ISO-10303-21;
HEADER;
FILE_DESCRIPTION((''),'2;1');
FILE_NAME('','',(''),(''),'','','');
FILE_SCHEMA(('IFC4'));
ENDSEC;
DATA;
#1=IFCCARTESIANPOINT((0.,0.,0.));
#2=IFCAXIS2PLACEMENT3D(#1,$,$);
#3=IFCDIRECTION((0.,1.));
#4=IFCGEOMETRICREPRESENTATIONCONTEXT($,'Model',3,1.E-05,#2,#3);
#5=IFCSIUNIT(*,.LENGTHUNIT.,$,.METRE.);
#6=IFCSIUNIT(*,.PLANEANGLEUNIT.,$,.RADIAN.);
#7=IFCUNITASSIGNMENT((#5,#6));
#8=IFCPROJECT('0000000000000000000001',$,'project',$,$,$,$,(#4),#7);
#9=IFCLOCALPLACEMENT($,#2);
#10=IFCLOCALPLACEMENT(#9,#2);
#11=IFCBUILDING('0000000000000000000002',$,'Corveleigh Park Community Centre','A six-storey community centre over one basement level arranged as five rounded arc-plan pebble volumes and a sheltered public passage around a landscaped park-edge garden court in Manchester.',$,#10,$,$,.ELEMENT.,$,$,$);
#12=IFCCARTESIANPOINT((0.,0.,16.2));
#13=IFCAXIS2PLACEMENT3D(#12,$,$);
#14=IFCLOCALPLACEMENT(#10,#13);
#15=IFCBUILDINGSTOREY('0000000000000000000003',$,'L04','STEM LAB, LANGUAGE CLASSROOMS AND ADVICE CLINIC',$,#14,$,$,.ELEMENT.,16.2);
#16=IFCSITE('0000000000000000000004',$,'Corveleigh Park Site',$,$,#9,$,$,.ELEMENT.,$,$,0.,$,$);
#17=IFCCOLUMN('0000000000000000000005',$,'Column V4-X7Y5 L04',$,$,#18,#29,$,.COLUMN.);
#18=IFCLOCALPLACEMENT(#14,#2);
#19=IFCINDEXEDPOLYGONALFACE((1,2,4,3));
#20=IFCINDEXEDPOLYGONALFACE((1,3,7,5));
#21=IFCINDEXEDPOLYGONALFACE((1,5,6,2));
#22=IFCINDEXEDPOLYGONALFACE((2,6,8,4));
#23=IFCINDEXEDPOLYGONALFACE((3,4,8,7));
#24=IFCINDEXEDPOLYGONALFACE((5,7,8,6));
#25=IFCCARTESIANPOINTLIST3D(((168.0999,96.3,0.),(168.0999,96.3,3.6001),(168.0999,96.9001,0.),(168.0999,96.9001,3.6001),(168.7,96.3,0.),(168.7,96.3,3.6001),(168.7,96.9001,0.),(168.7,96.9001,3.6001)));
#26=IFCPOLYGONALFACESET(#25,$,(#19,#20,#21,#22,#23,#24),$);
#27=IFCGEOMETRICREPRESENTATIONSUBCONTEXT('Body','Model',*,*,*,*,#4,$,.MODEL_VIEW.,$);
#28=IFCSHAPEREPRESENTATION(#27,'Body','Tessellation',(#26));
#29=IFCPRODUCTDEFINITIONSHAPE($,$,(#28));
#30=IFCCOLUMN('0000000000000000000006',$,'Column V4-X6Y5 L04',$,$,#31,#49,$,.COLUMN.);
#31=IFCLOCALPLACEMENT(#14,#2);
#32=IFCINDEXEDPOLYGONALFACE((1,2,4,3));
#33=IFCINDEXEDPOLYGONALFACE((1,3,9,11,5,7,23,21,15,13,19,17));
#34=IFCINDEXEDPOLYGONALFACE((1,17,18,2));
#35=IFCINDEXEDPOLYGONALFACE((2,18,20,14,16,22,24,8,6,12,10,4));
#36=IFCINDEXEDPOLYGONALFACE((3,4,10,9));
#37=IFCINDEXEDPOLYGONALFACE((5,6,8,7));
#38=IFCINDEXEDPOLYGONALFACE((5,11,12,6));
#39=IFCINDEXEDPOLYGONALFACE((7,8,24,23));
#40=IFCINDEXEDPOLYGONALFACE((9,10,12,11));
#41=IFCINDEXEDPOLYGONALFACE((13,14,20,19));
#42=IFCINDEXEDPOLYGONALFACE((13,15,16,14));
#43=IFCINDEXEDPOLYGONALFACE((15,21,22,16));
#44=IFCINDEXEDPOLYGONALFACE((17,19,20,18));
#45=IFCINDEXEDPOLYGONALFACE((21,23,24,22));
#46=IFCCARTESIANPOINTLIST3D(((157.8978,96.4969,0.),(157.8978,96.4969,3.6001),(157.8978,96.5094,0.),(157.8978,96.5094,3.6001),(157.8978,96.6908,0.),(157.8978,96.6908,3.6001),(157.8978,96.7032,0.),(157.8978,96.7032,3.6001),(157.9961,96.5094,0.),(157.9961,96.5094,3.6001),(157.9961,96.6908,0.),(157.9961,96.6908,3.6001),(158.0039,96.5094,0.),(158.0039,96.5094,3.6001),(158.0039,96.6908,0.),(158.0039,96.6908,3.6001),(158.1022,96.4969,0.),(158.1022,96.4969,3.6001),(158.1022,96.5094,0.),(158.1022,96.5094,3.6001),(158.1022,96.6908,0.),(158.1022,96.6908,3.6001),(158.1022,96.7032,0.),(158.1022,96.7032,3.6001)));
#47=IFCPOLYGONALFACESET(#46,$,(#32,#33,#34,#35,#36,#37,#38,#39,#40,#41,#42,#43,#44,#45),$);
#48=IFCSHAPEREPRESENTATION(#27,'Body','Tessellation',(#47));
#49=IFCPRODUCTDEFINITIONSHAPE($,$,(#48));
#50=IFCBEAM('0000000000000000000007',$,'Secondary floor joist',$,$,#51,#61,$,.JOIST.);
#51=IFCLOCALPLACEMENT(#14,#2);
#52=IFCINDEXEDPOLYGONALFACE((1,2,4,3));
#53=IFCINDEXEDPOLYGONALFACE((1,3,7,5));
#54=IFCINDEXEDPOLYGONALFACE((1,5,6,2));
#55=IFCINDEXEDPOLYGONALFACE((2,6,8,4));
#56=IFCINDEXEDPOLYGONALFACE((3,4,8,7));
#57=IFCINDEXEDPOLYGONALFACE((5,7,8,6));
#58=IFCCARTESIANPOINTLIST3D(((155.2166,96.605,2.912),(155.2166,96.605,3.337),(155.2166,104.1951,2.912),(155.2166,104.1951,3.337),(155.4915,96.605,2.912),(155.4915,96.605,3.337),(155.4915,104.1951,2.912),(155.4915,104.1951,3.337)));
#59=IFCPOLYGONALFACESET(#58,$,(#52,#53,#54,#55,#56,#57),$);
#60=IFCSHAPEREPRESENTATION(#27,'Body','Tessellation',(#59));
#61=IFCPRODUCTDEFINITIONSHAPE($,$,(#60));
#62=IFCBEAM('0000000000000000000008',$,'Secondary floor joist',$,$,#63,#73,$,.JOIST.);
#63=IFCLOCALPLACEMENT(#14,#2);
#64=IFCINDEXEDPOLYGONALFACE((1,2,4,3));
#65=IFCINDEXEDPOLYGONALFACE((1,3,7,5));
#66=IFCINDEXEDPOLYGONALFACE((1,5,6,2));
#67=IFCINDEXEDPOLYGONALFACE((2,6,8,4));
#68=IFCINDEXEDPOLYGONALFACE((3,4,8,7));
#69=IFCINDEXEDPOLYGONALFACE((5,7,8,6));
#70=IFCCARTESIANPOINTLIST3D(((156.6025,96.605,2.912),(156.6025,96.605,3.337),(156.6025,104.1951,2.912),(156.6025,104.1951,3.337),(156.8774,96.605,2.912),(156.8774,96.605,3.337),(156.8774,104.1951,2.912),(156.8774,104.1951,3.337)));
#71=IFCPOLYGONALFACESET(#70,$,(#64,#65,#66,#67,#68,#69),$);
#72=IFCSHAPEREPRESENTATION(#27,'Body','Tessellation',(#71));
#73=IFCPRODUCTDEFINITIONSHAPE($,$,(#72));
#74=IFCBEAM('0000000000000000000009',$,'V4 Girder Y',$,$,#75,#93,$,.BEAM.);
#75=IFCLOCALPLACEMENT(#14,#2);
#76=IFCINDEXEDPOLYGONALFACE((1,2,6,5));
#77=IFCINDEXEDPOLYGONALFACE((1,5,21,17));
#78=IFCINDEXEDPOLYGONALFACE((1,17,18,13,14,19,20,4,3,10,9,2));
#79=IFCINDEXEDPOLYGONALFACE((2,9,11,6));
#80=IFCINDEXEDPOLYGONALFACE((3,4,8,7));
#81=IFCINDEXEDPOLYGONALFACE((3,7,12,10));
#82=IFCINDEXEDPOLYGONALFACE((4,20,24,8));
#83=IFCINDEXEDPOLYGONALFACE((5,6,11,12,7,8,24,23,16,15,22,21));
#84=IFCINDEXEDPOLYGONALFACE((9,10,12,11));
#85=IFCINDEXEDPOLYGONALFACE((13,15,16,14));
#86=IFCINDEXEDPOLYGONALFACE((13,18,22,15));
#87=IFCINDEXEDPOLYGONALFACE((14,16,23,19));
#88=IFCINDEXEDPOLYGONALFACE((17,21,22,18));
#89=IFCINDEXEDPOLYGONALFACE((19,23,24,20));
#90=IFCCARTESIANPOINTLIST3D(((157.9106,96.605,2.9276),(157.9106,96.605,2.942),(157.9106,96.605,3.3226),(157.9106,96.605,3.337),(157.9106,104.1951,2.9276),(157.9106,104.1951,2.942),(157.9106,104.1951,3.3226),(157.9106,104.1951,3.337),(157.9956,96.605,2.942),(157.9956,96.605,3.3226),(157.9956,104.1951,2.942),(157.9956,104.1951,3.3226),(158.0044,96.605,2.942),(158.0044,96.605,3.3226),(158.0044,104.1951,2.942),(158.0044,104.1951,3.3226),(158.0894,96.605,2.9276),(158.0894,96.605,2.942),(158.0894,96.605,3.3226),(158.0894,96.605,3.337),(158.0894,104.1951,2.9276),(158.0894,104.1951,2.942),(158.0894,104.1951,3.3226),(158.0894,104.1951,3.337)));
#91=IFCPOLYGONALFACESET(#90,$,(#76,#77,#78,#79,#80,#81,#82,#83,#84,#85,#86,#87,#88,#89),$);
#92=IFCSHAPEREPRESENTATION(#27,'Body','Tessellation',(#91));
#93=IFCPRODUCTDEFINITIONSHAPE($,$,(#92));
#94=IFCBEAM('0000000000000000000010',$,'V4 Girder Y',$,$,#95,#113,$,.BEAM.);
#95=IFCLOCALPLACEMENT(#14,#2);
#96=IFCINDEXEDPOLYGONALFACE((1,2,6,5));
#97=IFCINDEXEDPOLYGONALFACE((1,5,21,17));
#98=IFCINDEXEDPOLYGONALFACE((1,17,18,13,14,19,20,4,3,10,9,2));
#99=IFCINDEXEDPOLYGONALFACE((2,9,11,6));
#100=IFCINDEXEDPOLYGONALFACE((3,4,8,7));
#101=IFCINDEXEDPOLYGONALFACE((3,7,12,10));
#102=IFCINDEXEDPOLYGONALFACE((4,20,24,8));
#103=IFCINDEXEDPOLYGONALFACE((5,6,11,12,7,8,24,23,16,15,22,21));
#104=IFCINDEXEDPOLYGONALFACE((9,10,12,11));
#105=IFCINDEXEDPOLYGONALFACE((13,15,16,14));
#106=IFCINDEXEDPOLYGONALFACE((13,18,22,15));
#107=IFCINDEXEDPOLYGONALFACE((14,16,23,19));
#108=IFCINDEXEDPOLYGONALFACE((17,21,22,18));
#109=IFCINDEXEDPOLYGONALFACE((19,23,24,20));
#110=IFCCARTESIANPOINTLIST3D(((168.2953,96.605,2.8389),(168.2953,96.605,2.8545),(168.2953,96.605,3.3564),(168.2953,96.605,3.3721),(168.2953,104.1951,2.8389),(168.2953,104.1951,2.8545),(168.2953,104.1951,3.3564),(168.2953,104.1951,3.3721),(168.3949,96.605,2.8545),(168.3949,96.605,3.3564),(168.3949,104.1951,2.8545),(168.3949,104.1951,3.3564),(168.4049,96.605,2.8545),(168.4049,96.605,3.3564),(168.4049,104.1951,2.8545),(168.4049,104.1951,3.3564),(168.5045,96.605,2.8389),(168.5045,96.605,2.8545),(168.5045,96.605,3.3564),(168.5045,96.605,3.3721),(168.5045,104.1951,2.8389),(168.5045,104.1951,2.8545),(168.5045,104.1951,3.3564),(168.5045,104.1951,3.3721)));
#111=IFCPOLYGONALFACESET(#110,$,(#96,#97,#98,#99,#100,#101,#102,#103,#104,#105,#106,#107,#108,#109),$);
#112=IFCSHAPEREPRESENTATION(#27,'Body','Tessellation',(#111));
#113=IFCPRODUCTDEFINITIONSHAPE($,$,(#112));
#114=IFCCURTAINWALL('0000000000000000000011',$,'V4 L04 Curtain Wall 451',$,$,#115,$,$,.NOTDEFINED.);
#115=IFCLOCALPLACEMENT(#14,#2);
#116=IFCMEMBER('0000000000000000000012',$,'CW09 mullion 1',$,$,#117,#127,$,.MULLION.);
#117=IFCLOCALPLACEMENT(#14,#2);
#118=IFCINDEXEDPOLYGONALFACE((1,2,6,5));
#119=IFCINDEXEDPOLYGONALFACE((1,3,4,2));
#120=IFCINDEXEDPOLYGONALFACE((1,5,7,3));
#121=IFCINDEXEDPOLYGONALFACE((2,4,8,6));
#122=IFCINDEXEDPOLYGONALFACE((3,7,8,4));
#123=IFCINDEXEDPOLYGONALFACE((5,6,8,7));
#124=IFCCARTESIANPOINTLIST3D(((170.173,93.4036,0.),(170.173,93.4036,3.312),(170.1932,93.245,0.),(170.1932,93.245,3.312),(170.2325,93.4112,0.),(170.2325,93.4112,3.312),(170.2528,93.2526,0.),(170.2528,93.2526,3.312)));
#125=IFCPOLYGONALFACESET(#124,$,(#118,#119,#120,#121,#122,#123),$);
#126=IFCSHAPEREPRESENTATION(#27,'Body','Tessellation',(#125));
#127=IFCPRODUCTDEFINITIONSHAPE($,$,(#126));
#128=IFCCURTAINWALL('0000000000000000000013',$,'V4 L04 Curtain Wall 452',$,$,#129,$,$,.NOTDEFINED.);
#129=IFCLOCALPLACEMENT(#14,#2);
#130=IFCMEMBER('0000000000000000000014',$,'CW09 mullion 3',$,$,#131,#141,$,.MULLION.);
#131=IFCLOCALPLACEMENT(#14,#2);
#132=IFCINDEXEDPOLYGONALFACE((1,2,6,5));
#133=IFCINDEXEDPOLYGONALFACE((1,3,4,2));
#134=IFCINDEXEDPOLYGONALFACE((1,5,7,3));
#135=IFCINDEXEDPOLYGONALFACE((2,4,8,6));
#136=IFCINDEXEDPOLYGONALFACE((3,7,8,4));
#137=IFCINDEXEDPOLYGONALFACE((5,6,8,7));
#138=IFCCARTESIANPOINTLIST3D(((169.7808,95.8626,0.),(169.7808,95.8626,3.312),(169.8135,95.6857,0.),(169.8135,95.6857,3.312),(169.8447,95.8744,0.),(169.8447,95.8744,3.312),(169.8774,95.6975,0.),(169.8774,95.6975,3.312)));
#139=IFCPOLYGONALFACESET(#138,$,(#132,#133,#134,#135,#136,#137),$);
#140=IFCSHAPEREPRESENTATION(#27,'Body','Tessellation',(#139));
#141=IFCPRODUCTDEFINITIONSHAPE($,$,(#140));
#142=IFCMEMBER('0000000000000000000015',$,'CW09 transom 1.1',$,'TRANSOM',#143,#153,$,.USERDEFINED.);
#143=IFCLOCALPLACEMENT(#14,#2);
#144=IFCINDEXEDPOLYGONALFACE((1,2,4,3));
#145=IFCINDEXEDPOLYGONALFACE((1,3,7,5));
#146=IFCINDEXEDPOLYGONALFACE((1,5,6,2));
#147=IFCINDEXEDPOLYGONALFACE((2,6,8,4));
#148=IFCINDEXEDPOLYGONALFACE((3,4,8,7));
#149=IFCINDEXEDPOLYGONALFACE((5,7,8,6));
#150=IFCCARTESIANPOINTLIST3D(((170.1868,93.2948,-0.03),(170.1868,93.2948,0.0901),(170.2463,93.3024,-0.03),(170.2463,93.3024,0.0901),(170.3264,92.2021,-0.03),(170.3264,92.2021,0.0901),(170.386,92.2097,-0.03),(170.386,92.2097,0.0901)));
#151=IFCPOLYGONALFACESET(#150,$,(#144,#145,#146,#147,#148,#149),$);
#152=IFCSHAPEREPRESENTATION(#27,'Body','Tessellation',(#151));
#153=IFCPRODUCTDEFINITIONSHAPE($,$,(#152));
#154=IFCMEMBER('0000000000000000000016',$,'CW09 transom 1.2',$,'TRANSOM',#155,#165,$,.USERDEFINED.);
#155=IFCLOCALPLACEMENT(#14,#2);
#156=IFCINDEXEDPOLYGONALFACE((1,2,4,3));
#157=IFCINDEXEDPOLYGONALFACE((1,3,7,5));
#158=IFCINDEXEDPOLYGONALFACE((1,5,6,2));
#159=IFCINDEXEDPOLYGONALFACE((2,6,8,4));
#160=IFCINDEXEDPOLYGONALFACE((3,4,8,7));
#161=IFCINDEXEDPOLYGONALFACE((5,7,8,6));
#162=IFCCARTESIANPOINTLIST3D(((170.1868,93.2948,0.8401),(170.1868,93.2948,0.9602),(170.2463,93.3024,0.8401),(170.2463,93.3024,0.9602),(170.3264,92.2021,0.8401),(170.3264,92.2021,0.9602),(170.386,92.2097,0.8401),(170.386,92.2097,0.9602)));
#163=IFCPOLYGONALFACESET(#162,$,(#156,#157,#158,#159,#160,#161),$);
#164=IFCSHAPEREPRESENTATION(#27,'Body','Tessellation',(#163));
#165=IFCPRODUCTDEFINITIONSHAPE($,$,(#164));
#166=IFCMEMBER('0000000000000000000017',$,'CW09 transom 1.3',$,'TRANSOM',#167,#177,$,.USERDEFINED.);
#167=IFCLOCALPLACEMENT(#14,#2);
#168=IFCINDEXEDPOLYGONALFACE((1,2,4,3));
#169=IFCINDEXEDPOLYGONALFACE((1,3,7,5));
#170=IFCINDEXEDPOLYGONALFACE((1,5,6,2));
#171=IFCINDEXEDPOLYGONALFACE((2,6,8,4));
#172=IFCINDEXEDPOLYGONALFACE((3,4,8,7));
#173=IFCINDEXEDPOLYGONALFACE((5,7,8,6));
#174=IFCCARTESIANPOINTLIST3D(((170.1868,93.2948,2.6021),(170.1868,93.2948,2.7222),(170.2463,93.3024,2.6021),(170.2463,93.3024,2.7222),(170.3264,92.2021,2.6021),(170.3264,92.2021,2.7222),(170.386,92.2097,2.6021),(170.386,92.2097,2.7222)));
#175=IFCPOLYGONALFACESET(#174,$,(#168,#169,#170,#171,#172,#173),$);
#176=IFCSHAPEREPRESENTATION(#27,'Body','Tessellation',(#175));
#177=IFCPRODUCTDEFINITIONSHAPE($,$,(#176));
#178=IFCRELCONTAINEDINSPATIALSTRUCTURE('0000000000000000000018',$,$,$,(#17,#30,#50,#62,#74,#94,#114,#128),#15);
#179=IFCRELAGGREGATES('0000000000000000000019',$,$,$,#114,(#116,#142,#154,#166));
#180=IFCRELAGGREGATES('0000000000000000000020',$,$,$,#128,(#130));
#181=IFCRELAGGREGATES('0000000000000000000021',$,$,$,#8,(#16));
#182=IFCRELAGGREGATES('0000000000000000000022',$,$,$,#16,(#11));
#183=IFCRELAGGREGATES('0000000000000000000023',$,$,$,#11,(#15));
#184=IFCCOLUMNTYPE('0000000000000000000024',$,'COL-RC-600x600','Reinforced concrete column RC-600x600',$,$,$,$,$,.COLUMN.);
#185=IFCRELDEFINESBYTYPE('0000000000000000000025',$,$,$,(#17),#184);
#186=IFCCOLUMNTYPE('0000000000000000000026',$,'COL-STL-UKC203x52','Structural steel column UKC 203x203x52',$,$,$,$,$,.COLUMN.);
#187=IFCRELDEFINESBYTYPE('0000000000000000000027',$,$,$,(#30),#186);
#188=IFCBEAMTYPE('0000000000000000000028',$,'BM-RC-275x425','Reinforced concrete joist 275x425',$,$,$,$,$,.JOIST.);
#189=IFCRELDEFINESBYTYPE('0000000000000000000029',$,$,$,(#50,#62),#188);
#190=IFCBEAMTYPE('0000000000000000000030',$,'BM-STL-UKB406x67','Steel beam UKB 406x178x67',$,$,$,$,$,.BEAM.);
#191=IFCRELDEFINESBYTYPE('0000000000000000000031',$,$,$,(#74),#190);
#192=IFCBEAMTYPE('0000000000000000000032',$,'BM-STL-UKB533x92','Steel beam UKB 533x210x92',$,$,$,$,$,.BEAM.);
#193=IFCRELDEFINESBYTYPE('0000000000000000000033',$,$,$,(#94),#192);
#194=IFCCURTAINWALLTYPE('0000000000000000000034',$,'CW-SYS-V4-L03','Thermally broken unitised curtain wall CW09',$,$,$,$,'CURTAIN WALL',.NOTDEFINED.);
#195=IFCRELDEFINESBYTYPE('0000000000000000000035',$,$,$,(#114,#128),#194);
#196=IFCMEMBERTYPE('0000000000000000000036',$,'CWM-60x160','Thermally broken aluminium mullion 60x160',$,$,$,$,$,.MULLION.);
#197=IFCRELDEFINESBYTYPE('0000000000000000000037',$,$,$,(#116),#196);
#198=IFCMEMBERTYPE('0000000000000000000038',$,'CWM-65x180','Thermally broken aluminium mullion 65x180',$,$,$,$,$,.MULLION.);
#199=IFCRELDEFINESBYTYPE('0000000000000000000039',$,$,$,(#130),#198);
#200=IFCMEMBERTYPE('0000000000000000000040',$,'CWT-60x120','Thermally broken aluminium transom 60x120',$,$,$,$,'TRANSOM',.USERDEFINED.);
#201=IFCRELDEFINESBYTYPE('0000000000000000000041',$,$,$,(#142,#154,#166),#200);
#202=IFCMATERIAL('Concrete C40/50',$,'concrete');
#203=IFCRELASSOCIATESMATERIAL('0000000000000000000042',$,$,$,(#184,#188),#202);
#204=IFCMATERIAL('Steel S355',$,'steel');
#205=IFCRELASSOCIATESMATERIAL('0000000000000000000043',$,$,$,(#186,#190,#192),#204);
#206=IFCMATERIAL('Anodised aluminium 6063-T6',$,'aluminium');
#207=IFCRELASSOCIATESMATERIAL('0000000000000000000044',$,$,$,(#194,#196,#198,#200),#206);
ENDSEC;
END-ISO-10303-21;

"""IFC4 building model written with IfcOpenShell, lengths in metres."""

from ifc_helpers import new_model, si_unit, direction, frame, origin, origin_2d, place, context, subcontext, project, spatial, rectangle, i_section, extrude, material, material_profile, profile_set, type_object, element, aggregate, save


model = new_model("IFC4")

# Units and contexts
model_context = context("Model", 3, precision=1e-05, world=origin(), true_north=direction((0.0, 1.0)))
body_context = subcontext(model_context, "Body", "Model", "MODEL_VIEW")
ifc_project = project(units=[si_unit("LENGTHUNIT", "METRE"), si_unit("PLANEANGLEUNIT", "RADIAN")], contexts=[model_context])

# Site, building, storey
site_placement = place(None, origin())
site = spatial("IfcSite", under=ifc_project, at=site_placement, Name="Corveleigh Park Site", CompositionType="ELEMENT", RefElevation=0.0)
building_placement = place(site_placement, origin())
building = spatial("IfcBuilding", under=site, at=building_placement, Name="Corveleigh Park Community Centre", Description="A six-storey community centre over one basement level arranged as five rounded arc-plan pebble volumes and a sheltered public passage around a landscaped park-edge garden court in Manchester.", CompositionType="ELEMENT")
storey_placement = place(building_placement, frame((0.0, 0.0, 16.2)))
storey = spatial("IfcBuildingStorey", under=building, at=storey_placement, Name="L04", Description="STEM LAB, LANGUAGE CLASSROOMS AND ADVICE CLINIC", CompositionType="ELEMENT", Elevation=16.2)

# Columns
ifc_material_1 = material(Name="Concrete C40/50", Category="concrete")
ifc_material_profile_1 = material_profile(ifc_material_1, rectangle(XDim=0.6001, YDim=0.6001, at=origin_2d()), Name="RC-600x600", Category="concrete")
ifc_profile_set_1 = profile_set([ifc_material_profile_1], Name="Concrete C40/50")
column_type_1 = type_object("IfcColumnType", Name="COL-RC-600x600", Description="Reinforced concrete column RC-600x600", PredefinedType="COLUMN", material=ifc_profile_set_1)
column_1_placement = place(storey_placement, frame((168.3999, 96.6001, 0.0), z_axis=(0.0, 0.0, 1.0), x_axis=(1.0, 0.0, 0.0)))
element("IfcColumn", 1, at=column_1_placement, inside=storey, type_object=column_type_1, Name="Column V4-X7Y5 L04", PredefinedType="COLUMN", context=body_context, shape_type="SweptSolid", body=[
    extrude(rectangle(XDim=0.6001, YDim=0.6001, at=origin_2d()), origin(), (0.0, 0.0, 1.0), 3.6001),
])
ifc_material_2 = material(Name="Steel S355", Category="steel")
ifc_material_profile_2 = material_profile(ifc_material_2, i_section(OverallWidth=0.2043, OverallDepth=0.2063, WebThickness=0.0078, FlangeThickness=0.0125, at=origin_2d()), Name="UKC 203x203x52", Category="steel")
ifc_profile_set_2 = profile_set([ifc_material_profile_2], Name="Steel S355")
column_type_2 = type_object("IfcColumnType", Name="COL-STL-UKC203x52", Description="Structural steel column UKC 203x203x52", PredefinedType="COLUMN", material=ifc_profile_set_2)
column_2_placement = place(storey_placement, frame((158.0, 96.6001, 0.0), z_axis=(0.0, 0.0, 1.0), x_axis=(1.0, 0.0, 0.0)))
element("IfcColumn", 2, at=column_2_placement, inside=storey, type_object=column_type_2, Name="Column V4-X6Y5 L04", PredefinedType="COLUMN", context=body_context, shape_type="SweptSolid", body=[
    extrude(i_section(OverallWidth=0.2043, OverallDepth=0.2063, WebThickness=0.0078, FlangeThickness=0.0125, at=origin_2d()), origin(), (0.0, 0.0, 1.0), 3.6001),
])

# Beams
ifc_material_profile_3 = material_profile(ifc_material_1, rectangle(XDim=0.2749, YDim=0.425, at=origin_2d()), Name="RC-275x425", Category="concrete")
ifc_profile_set_3 = profile_set([ifc_material_profile_3], Name="Concrete C40/50")
beam_type_1 = type_object("IfcBeamType", Name="BM-RC-275x425", Description="Reinforced concrete joist 275x425", PredefinedType="JOIST", material=ifc_profile_set_3)
for number, where, z_axis, x_axis, name in (
    (3, (155.354, 96.605, 3.1245), (0.0, 1.0, 0.0), (-1.0, 0.0, 0.0), "Secondary floor joist"),
    (4, (156.74, 96.605, 3.1245), (0.0, 1.0, 0.0), (-1.0, 0.0, 0.0), "Secondary floor joist"),
):
    element("IfcBeam", number, at=place(storey_placement, frame(where, z_axis=z_axis, x_axis=x_axis)), inside=storey, type_object=beam_type_1, Name=name, PredefinedType="JOIST", context=body_context, shape_type="SweptSolid", body=[
        extrude(rectangle(XDim=0.2749, YDim=0.425, at=origin_2d()), origin(), (0.0, 0.0, 1.0), 7.5901),
    ])
ifc_material_profile_4 = material_profile(ifc_material_2, i_section(OverallWidth=0.1787, OverallDepth=0.4094, WebThickness=0.0088, FlangeThickness=0.0144, at=origin_2d()), Name="UKB 406x178x67", Category="steel")
ifc_profile_set_4 = profile_set([ifc_material_profile_4], Name="Steel S355")
beam_type_2 = type_object("IfcBeamType", Name="BM-STL-UKB406x67", Description="Steel beam UKB 406x178x67", PredefinedType="BEAM", material=ifc_profile_set_4)
beam_1_placement = place(storey_placement, frame((158.0, 96.605, 3.1323), z_axis=(0.0, 1.0, 0.0), x_axis=(-1.0, 0.0, 0.0)))
element("IfcBeam", 5, at=beam_1_placement, inside=storey, type_object=beam_type_2, Name="V4 Girder Y", PredefinedType="BEAM", context=body_context, shape_type="SweptSolid", body=[
    extrude(i_section(OverallWidth=0.1787, OverallDepth=0.4094, WebThickness=0.0088, FlangeThickness=0.0144, at=origin_2d()), origin(), (0.0, 0.0, 1.0), 7.5901),
])
ifc_material_profile_5 = material_profile(ifc_material_2, i_section(OverallWidth=0.2092, OverallDepth=0.5332, WebThickness=0.01, FlangeThickness=0.0156, at=origin_2d()), Name="UKB 533x210x92", Category="steel")
ifc_profile_set_5 = profile_set([ifc_material_profile_5], Name="Steel S355")
beam_type_3 = type_object("IfcBeamType", Name="BM-STL-UKB533x92", Description="Steel beam UKB 533x210x92", PredefinedType="BEAM", material=ifc_profile_set_5)
beam_2_placement = place(storey_placement, frame((168.3999, 96.605, 3.1055), z_axis=(0.0, 1.0, 0.0), x_axis=(-1.0, 0.0, 0.0)))
element("IfcBeam", 6, at=beam_2_placement, inside=storey, type_object=beam_type_3, Name="V4 Girder Y", PredefinedType="BEAM", context=body_context, shape_type="SweptSolid", body=[
    extrude(i_section(OverallWidth=0.2092, OverallDepth=0.5332, WebThickness=0.01, FlangeThickness=0.0156, at=origin_2d()), origin(), (0.0, 0.0, 1.0), 7.5901),
])

# Curtain walls, members
ifc_material_3 = material(Name="Anodised aluminium 6063-T6", Category="aluminium")
curtain_wall_type = type_object("IfcCurtainWallType", Name="CW-SYS-V4-L03", Description="Thermally broken unitised curtain wall CW09", ElementType="CURTAIN WALL", PredefinedType="NOTDEFINED", material=ifc_material_3)
curtain_wall_1_placement = place(storey_placement, origin())
curtain_wall_1 = element("IfcCurtainWall", 7, at=curtain_wall_1_placement, inside=storey, type_object=curtain_wall_type, Name="V4 L04 Curtain Wall 451", PredefinedType="NOTDEFINED")
ifc_material_profile_6 = material_profile(ifc_material_3, rectangle(XDim=0.0601, YDim=0.1599, at=origin_2d()), Name="ALU-M60x160", Category="aluminium")
ifc_profile_set_6 = profile_set([ifc_material_profile_6], Name="Anodised aluminium 6063-T6")
member_type_1 = type_object("IfcMemberType", Name="CWM-60x160", Description="Thermally broken aluminium mullion 60x160", PredefinedType="MULLION", material=ifc_profile_set_6)
member_1_placement = place(storey_placement, frame((170.2129, 93.3281, 0.0), z_axis=(0.0, 0.0, 1.0), x_axis=(0.991939, 0.12672, 0.0)))
member_1 = element("IfcMember", 8, at=member_1_placement, type_object=member_type_1, Name="CW09 mullion 1", PredefinedType="MULLION", context=body_context, shape_type="SweptSolid", body=[
    extrude(rectangle(XDim=0.0601, YDim=0.1599, at=origin_2d()), origin(), (0.0, 0.0, 1.0), 3.312),
])
curtain_wall_2_placement = place(storey_placement, origin())
curtain_wall_2 = element("IfcCurtainWall", 9, at=curtain_wall_2_placement, inside=storey, type_object=curtain_wall_type, Name="V4 L04 Curtain Wall 452", PredefinedType="NOTDEFINED")
ifc_material_profile_7 = material_profile(ifc_material_3, rectangle(XDim=0.0649, YDim=0.1799, at=origin_2d()), Name="ALU-M65x180", Category="aluminium")
ifc_profile_set_7 = profile_set([ifc_material_profile_7], Name="Anodised aluminium 6063-T6")
member_type_2 = type_object("IfcMemberType", Name="CWM-65x180", Description="Thermally broken aluminium mullion 65x180", PredefinedType="MULLION", material=ifc_profile_set_7)
member_2_placement = place(storey_placement, frame((169.8291, 95.78, 0.0), z_axis=(0.0, 0.0, 1.0), x_axis=(0.983301, 0.181984, 0.0)))
member_2 = element("IfcMember", 10, at=member_2_placement, type_object=member_type_2, Name="CW09 mullion 3", PredefinedType="MULLION", context=body_context, shape_type="SweptSolid", body=[
    extrude(rectangle(XDim=0.0649, YDim=0.1799, at=origin_2d()), origin(), (0.0, 0.0, 1.0), 3.312),
])

# Members
ifc_material_profile_8 = material_profile(ifc_material_3, rectangle(XDim=0.0601, YDim=0.1201, at=origin_2d()), Name="ALU-T60x120", Category="aluminium")
ifc_profile_set_8 = profile_set([ifc_material_profile_8], Name="Anodised aluminium 6063-T6")
member_type_3 = type_object("IfcMemberType", Name="CWT-60x120", Description="Thermally broken aluminium transom 60x120", ElementType="TRANSOM", PredefinedType="USERDEFINED", material=ifc_profile_set_8)
member_3_placement = place(storey_placement, frame((170.2166, 93.2986, 0.03), z_axis=(0.126762, -0.991933, 0.0), x_axis=(0.991933, 0.126762, 0.0)))
member_3 = element("IfcMember", 11, at=member_3_placement, type_object=member_type_3, Name="CW09 transom 1.1", ObjectType="TRANSOM", PredefinedType="USERDEFINED", context=body_context, shape_type="SweptSolid", body=[
    extrude(rectangle(XDim=0.0601, YDim=0.1201, at=origin_2d()), origin(), (0.0, 0.0, 1.0), 1.1016),
])
member_4_placement = place(storey_placement, frame((170.2166, 93.2986, 0.9001), z_axis=(0.126762, -0.991933, 0.0), x_axis=(0.991933, 0.126762, 0.0)))
member_4 = element("IfcMember", 12, at=member_4_placement, type_object=member_type_3, Name="CW09 transom 1.2", ObjectType="TRANSOM", PredefinedType="USERDEFINED", context=body_context, shape_type="SweptSolid", body=[
    extrude(rectangle(XDim=0.0601, YDim=0.1201, at=origin_2d()), origin(), (0.0, 0.0, 1.0), 1.1016),
])
member_5_placement = place(storey_placement, frame((170.2166, 93.2986, 2.6621), z_axis=(0.126762, -0.991933, 0.0), x_axis=(0.991933, 0.126762, 0.0)))
member_5 = element("IfcMember", 13, at=member_5_placement, type_object=member_type_3, Name="CW09 transom 1.3", ObjectType="TRANSOM", PredefinedType="USERDEFINED", context=body_context, shape_type="SweptSolid", body=[
    extrude(rectangle(XDim=0.0601, YDim=0.1201, at=origin_2d()), origin(), (0.0, 0.0, 1.0), 1.1016),
])

aggregate(curtain_wall_1, [member_1, member_3, member_4, member_5])
aggregate(curtain_wall_2, [member_2])

save(model, "model.ifc")
